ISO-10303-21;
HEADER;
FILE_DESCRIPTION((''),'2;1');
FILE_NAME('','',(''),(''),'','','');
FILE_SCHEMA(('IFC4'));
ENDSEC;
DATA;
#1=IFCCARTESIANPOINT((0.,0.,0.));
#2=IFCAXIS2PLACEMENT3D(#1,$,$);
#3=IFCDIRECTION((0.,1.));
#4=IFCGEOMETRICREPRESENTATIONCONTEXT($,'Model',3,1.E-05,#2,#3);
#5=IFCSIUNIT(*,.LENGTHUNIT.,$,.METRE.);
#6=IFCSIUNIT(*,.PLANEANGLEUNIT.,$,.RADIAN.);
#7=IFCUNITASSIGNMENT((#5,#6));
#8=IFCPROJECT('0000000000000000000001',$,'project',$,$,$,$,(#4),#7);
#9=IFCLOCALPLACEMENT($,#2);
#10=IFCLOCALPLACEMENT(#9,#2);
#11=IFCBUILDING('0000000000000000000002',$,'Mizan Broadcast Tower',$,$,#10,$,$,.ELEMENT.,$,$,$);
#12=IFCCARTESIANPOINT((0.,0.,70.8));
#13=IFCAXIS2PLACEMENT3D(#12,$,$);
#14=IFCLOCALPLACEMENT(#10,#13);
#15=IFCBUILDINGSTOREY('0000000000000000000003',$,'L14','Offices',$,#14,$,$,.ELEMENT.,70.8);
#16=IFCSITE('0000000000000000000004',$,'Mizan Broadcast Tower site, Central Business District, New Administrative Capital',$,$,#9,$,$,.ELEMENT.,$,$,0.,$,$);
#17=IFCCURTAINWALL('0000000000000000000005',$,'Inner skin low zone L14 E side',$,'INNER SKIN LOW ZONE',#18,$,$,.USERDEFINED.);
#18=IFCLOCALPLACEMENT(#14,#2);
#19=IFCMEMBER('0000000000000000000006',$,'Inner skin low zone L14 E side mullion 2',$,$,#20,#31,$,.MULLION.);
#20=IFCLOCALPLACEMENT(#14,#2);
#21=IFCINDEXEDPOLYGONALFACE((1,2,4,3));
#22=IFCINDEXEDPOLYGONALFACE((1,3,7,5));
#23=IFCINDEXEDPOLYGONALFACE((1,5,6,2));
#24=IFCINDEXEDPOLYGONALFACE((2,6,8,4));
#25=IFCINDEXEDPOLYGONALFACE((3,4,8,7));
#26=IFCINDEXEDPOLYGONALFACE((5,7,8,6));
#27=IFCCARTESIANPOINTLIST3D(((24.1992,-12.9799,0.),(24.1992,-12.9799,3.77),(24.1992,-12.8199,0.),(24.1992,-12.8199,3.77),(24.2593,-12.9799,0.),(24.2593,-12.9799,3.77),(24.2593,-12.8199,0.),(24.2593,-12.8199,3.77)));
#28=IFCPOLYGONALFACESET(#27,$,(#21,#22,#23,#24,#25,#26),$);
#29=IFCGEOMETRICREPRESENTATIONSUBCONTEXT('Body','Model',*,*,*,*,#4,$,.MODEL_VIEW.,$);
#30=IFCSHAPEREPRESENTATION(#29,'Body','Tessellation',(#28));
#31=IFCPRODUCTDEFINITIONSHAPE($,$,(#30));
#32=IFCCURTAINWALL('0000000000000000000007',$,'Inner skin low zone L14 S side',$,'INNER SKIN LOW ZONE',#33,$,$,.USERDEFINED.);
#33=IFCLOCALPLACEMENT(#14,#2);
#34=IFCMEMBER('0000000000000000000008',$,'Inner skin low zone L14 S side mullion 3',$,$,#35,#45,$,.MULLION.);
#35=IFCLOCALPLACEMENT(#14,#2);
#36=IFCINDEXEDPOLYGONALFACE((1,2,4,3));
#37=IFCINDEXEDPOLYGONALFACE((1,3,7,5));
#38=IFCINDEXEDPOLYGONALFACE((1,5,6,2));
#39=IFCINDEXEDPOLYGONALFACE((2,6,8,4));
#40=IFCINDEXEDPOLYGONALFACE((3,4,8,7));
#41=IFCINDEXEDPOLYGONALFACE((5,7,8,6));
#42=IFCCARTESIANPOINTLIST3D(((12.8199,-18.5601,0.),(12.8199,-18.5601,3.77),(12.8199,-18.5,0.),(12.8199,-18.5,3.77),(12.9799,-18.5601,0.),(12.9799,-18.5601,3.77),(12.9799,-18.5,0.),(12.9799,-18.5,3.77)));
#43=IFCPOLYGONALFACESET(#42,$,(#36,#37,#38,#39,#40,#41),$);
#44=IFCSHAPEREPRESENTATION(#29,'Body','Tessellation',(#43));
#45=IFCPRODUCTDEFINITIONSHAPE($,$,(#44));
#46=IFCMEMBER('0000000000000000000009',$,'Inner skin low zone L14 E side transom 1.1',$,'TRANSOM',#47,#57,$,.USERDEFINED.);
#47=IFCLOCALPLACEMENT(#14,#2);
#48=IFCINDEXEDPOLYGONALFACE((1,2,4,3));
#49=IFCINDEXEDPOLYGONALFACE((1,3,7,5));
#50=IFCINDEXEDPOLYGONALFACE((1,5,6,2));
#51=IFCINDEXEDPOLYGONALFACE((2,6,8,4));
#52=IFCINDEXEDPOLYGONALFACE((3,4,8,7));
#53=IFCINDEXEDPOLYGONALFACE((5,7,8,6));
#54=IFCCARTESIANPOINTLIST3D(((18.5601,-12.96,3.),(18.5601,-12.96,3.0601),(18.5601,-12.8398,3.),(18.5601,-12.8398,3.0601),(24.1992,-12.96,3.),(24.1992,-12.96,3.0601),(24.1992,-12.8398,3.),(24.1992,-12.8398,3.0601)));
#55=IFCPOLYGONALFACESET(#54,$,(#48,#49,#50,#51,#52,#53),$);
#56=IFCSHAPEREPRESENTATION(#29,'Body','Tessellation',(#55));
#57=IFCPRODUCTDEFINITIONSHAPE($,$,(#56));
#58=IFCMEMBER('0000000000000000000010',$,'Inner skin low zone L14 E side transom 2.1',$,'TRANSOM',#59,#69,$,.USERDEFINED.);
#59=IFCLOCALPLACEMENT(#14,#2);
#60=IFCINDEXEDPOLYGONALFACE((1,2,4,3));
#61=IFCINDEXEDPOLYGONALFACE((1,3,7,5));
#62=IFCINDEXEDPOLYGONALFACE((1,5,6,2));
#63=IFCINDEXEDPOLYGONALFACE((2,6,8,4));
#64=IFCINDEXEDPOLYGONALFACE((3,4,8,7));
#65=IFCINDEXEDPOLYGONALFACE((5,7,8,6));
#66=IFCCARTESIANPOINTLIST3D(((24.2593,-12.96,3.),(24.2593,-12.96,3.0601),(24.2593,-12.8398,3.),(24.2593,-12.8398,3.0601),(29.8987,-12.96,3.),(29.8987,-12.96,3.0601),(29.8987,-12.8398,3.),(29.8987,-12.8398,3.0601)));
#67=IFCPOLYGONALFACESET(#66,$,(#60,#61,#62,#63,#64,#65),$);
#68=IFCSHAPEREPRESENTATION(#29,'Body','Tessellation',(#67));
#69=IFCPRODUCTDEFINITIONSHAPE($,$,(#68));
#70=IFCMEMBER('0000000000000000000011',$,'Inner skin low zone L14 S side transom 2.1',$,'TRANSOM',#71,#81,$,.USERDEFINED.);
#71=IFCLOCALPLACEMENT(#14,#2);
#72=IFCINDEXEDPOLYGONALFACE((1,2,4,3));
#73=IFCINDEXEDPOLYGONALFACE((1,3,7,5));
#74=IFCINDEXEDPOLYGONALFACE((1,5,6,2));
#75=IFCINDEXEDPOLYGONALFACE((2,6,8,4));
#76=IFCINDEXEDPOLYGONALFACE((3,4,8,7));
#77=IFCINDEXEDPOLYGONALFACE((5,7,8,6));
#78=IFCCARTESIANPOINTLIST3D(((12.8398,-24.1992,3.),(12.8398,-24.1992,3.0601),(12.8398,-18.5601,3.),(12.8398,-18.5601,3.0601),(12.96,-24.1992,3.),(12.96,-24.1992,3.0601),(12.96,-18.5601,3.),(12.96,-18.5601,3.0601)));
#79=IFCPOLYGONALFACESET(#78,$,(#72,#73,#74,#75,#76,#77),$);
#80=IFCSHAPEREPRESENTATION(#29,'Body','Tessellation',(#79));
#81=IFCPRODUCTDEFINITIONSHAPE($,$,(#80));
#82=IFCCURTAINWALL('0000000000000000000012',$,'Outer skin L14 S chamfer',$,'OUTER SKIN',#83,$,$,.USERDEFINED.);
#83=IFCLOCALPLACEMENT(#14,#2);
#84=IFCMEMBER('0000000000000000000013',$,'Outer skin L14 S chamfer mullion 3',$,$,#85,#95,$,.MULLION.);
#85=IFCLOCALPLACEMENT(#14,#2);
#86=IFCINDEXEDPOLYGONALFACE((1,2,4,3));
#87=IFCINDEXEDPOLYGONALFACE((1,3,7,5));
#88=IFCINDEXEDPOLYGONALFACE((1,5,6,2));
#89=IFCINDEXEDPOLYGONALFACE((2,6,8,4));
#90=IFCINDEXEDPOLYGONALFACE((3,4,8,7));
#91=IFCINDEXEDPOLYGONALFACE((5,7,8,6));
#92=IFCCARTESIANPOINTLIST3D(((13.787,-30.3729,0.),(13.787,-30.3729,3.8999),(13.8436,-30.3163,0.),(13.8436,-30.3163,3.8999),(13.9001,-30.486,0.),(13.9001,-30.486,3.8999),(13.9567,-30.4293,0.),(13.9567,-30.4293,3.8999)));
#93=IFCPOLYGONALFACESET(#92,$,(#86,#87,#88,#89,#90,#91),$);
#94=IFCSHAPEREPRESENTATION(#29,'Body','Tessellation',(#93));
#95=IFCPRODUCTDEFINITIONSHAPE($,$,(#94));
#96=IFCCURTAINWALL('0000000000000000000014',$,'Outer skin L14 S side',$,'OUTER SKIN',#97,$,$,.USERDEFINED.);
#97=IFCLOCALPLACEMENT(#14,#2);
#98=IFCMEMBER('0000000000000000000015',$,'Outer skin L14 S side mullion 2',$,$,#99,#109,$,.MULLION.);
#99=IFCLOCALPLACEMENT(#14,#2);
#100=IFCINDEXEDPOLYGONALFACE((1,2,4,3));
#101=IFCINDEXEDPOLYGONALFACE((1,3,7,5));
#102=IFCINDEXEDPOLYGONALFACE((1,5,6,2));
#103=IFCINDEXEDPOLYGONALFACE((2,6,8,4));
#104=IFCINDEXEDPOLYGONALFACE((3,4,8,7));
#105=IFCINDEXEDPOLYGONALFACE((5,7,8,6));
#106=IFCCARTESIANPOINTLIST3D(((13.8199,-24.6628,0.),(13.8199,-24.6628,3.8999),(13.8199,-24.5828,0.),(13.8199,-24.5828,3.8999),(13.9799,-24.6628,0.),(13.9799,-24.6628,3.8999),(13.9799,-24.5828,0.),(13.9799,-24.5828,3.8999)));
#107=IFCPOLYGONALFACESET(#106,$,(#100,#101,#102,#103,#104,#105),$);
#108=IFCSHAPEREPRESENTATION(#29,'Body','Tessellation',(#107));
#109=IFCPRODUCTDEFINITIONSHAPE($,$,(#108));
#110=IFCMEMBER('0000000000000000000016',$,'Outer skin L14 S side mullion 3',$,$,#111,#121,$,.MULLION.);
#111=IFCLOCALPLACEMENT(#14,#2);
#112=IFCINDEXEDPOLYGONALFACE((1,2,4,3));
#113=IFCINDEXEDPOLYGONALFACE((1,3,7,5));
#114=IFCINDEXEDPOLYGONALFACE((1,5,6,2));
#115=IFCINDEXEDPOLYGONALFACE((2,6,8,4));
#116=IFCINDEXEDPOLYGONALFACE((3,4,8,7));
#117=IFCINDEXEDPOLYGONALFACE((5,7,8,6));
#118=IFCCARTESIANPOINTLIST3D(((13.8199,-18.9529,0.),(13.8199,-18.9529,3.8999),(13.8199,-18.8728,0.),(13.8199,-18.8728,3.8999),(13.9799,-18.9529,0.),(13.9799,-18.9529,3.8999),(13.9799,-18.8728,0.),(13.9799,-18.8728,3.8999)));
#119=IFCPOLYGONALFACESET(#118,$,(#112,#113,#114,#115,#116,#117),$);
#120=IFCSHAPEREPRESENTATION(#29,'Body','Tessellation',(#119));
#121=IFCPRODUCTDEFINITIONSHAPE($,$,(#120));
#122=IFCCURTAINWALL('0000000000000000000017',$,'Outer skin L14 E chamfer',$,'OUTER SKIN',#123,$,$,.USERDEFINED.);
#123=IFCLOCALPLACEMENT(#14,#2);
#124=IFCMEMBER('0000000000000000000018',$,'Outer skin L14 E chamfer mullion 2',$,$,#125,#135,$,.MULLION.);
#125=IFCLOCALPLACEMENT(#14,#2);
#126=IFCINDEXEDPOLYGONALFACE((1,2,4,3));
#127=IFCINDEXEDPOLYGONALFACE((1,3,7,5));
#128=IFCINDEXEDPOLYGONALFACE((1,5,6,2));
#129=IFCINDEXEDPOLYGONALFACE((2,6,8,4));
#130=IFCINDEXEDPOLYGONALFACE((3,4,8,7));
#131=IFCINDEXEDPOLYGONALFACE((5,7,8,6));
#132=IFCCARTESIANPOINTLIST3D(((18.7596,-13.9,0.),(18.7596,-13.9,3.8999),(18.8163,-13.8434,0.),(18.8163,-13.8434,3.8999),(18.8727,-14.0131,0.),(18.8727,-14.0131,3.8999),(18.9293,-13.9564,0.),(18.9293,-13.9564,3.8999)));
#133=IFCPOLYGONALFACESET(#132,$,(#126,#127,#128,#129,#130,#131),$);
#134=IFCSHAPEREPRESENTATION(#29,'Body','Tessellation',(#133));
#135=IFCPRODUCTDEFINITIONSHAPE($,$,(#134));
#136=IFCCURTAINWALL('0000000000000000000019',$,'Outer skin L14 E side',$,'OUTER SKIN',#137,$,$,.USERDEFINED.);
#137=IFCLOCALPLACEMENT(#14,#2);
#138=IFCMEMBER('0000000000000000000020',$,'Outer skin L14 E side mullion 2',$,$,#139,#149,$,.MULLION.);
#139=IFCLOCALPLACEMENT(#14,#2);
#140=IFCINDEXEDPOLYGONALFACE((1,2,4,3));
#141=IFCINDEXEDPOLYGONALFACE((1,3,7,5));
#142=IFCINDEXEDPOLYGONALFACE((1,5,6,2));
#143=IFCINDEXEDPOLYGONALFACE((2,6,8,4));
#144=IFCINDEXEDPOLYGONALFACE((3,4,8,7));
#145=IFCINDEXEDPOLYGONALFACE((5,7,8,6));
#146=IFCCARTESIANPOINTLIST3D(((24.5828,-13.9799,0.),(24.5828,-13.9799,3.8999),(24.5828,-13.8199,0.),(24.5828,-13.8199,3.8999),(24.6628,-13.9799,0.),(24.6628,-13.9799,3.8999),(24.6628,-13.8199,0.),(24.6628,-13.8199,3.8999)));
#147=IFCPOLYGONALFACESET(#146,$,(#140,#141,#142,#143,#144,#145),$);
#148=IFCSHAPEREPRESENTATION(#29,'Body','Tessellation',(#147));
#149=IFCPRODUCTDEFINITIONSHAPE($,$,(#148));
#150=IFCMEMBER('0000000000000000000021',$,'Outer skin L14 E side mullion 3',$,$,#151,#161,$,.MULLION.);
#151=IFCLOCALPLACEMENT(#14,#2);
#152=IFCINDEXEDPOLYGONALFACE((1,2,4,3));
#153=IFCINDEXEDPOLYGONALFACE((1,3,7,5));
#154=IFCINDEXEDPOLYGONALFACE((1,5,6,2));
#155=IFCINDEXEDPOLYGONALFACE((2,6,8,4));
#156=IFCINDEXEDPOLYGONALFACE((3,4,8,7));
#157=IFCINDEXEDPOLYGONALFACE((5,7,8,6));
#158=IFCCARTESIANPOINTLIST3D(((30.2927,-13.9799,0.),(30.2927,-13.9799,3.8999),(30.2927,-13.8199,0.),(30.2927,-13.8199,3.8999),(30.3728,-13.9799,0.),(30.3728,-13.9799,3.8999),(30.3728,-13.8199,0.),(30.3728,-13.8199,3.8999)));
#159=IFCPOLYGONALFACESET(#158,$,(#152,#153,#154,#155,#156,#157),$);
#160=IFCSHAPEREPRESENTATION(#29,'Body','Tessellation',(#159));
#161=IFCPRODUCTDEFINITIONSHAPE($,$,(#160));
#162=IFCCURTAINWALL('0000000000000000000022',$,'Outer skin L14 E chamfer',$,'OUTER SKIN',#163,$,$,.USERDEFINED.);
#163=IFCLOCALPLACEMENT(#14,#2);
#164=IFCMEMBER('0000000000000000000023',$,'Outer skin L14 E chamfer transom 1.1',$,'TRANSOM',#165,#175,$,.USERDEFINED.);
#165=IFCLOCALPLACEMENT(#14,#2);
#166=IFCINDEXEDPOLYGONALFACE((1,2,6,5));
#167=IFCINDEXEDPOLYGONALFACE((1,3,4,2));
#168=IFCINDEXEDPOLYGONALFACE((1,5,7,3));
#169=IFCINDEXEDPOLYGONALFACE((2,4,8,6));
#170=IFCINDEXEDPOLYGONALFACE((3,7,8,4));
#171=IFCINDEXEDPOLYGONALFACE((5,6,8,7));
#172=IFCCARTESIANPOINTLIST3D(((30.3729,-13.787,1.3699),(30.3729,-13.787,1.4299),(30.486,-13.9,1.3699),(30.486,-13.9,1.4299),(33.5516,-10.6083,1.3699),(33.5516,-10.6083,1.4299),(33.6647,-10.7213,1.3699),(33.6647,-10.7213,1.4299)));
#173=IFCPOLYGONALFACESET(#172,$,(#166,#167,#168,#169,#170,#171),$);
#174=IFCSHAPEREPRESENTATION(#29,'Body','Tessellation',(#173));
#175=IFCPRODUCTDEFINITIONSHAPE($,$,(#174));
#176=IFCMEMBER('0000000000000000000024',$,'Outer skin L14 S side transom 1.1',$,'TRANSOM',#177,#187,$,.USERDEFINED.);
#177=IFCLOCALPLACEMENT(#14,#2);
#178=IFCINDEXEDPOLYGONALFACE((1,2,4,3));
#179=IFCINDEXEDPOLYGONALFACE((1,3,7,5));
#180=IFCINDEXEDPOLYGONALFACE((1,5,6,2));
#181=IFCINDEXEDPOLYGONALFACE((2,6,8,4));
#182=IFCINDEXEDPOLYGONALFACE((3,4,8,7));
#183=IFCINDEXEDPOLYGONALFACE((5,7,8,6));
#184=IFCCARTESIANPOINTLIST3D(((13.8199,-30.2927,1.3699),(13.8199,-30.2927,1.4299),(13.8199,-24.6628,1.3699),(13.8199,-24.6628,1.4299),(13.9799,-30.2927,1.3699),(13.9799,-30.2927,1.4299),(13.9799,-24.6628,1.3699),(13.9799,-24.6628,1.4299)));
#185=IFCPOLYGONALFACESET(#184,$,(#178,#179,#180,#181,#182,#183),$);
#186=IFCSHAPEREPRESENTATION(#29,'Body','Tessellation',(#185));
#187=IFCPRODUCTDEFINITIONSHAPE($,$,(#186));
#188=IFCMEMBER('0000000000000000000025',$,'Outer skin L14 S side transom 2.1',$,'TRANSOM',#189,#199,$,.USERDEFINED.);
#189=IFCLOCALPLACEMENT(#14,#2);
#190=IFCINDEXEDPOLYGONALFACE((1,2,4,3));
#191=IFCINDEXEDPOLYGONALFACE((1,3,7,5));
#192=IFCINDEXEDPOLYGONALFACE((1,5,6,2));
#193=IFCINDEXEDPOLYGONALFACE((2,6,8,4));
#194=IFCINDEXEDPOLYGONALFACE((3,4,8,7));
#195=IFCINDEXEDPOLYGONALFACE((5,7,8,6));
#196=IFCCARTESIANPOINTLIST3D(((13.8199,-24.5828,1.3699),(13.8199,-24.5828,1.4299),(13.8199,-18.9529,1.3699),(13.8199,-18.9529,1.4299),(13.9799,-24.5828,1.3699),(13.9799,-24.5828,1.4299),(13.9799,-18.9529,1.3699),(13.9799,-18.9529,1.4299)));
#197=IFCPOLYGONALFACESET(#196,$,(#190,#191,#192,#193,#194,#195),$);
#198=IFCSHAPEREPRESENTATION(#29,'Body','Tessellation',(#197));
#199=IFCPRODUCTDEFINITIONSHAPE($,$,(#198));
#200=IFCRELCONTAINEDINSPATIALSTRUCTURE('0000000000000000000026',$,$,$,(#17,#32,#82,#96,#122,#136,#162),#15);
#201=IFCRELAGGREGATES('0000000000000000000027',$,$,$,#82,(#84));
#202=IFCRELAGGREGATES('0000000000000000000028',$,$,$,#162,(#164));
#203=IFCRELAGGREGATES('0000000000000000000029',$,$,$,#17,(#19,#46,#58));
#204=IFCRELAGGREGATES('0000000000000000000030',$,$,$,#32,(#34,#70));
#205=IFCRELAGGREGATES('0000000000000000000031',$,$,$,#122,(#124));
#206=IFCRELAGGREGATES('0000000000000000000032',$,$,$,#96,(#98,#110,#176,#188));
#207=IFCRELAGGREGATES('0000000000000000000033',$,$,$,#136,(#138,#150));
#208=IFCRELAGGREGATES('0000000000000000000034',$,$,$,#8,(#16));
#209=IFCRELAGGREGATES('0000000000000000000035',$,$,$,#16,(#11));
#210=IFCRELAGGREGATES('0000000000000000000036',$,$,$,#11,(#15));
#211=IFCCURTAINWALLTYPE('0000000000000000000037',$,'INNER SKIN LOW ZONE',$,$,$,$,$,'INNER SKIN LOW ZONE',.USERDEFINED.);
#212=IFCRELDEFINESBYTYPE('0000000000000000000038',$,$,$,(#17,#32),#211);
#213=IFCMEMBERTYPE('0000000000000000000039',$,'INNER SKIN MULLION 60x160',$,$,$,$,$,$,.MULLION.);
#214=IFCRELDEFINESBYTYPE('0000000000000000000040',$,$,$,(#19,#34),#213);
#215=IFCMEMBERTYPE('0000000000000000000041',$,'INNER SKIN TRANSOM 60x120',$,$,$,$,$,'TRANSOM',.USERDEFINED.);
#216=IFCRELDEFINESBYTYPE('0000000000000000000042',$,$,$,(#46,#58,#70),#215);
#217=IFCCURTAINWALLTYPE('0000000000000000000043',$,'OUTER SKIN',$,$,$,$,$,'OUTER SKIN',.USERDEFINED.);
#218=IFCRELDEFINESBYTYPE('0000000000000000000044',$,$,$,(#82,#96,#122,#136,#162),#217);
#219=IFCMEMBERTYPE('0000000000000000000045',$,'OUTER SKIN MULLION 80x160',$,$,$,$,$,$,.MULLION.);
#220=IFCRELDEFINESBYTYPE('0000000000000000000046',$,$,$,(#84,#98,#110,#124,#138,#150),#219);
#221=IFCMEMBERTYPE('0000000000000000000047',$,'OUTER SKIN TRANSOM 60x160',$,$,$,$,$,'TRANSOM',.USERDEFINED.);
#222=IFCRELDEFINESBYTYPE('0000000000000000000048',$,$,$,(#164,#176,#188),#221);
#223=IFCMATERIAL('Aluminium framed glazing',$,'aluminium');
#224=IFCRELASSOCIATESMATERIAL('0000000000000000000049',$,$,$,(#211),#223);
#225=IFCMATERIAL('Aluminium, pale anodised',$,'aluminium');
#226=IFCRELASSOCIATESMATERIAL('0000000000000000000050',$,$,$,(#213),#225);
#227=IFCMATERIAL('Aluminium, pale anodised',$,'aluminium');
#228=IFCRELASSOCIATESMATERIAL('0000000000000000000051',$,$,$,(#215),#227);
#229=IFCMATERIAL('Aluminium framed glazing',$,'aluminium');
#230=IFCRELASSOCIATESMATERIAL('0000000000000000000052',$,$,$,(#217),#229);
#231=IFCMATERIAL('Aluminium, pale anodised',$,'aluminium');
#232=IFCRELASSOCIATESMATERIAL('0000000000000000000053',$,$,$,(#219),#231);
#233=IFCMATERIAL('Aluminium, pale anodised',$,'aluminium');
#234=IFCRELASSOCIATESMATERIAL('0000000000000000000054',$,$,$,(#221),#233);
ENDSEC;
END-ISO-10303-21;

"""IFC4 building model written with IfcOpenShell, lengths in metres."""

from ifc_helpers import new_model, si_unit, direction, frame, origin, origin_2d, place, context, subcontext, project, spatial, rectangle, extrude, material, material_profile, profile_set, type_object, element, aggregate, save


model = new_model("IFC4")

# Units and contexts
model_context = context("Model", 3, precision=1e-05, world=origin(), true_north=direction((0.0, 1.0)))
body_context = subcontext(model_context, "Body", "Model", "MODEL_VIEW")
ifc_project = project(units=[si_unit("LENGTHUNIT", "METRE"), si_unit("PLANEANGLEUNIT", "RADIAN")], contexts=[model_context])

# Site, building, storey
site_placement = place(None, origin())
site = spatial("IfcSite", under=ifc_project, at=site_placement, Name="Mizan Broadcast Tower site, Central Business District, New Administrative Capital", CompositionType="ELEMENT", RefElevation=0.0)
building_placement = place(site_placement, origin())
building = spatial("IfcBuilding", under=site, at=building_placement, Name="Mizan Broadcast Tower", CompositionType="ELEMENT")
storey_placement = place(building_placement, frame((0.0, 0.0, 70.8)))
storey = spatial("IfcBuildingStorey", under=building, at=storey_placement, Name="L14", Description="Offices", CompositionType="ELEMENT", Elevation=70.8)

# Curtain walls, members
ifc_material_1 = material(Name="Aluminium framed glazing", Category="aluminium")
curtain_wall_type_1 = type_object("IfcCurtainWallType", Name="INNER SKIN LOW ZONE", ElementType="INNER SKIN LOW ZONE", PredefinedType="USERDEFINED", material=ifc_material_1)
curtain_wall_1_placement = place(storey_placement, origin())
curtain_wall_1 = element("IfcCurtainWall", 1, at=curtain_wall_1_placement, inside=storey, type_object=curtain_wall_type_1, Name="Inner skin low zone L14 E side", ObjectType="INNER SKIN LOW ZONE", PredefinedType="USERDEFINED")
ifc_material_2 = material(Name="Aluminium, pale anodised", Category="aluminium")
ifc_material_profile_1 = material_profile(ifc_material_2, rectangle(XDim=0.1599, YDim=0.0601, at=origin_2d()), Name="MULLION 160x60")
ifc_profile_set_1 = profile_set([ifc_material_profile_1], Name="Aluminium, pale anodised")
member_type_1 = type_object("IfcMemberType", Name="INNER SKIN MULLION 60x160", PredefinedType="MULLION", material=ifc_profile_set_1)
member_1_placement = place(storey_placement, frame((24.2292, -12.8999, 0.0), z_axis=(0.0, 0.0, 1.0), x_axis=(0.0, 1.0, 0.0)))
member_1 = element("IfcMember", 2, at=member_1_placement, type_object=member_type_1, Name="Inner skin low zone L14 E side mullion 2", PredefinedType="MULLION", context=body_context, shape_type="SweptSolid", body=[
    extrude(rectangle(XDim=0.1599, YDim=0.0601, at=origin_2d()), origin(), (0.0, 0.0, 1.0), 3.77),
])
curtain_wall_2_placement = place(storey_placement, origin())
curtain_wall_2 = element("IfcCurtainWall", 3, at=curtain_wall_2_placement, inside=storey, type_object=curtain_wall_type_1, Name="Inner skin low zone L14 S side", ObjectType="INNER SKIN LOW ZONE", PredefinedType="USERDEFINED")
member_2_placement = place(storey_placement, frame((12.8999, -18.53, 0.0), z_axis=(0.0, 0.0, 1.0), x_axis=(-1.0, 0.0, 0.0)))
member_2 = element("IfcMember", 4, at=member_2_placement, type_object=member_type_1, Name="Inner skin low zone L14 S side mullion 3", PredefinedType="MULLION", context=body_context, shape_type="SweptSolid", body=[
    extrude(rectangle(XDim=0.1599, YDim=0.0601, at=origin_2d()), origin(), (0.0, 0.0, 1.0), 3.77),
])

# Members
ifc_material_3 = material(Name="Aluminium, pale anodised", Category="aluminium")
ifc_material_profile_2 = material_profile(ifc_material_3, rectangle(XDim=0.1201, YDim=0.0601, at=origin_2d()), Name="TRANSOM 120x60")
ifc_profile_set_2 = profile_set([ifc_material_profile_2], Name="Aluminium, pale anodised")
member_type_2 = type_object("IfcMemberType", Name="INNER SKIN TRANSOM 60x120", ElementType="TRANSOM", PredefinedType="USERDEFINED", material=ifc_profile_set_2)
member_3_placement = place(storey_placement, frame((18.5601, -12.8999, 3.03), z_axis=(1.0, 0.0, 0.0), x_axis=(0.0, 1.0, 0.0)))
member_3 = element("IfcMember", 5, at=member_3_placement, type_object=member_type_2, Name="Inner skin low zone L14 E side transom 1.1", ObjectType="TRANSOM", PredefinedType="USERDEFINED", context=body_context, shape_type="SweptSolid", body=[
    extrude(rectangle(XDim=0.1201, YDim=0.0601, at=origin_2d()), origin(), (0.0, 0.0, 1.0), 5.6392),
])
member_4_placement = place(storey_placement, frame((24.2593, -12.8999, 3.03), z_axis=(1.0, 0.0, 0.0), x_axis=(0.0, 1.0, 0.0)))
member_4 = element("IfcMember", 6, at=member_4_placement, type_object=member_type_2, Name="Inner skin low zone L14 E side transom 2.1", ObjectType="TRANSOM", PredefinedType="USERDEFINED", context=body_context, shape_type="SweptSolid", body=[
    extrude(rectangle(XDim=0.1201, YDim=0.0601, at=origin_2d()), origin(), (0.0, 0.0, 1.0), 5.6394),
])
member_5_placement = place(storey_placement, frame((12.8999, -24.1992, 3.03), z_axis=(0.0, 1.0, 0.0), x_axis=(-1.0, 0.0, 0.0)))
member_5 = element("IfcMember", 7, at=member_5_placement, type_object=member_type_2, Name="Inner skin low zone L14 S side transom 2.1", ObjectType="TRANSOM", PredefinedType="USERDEFINED", context=body_context, shape_type="SweptSolid", body=[
    extrude(rectangle(XDim=0.1201, YDim=0.0601, at=origin_2d()), origin(), (0.0, 0.0, 1.0), 5.6392),
])

# Curtain wall, member
ifc_material_4 = material(Name="Aluminium framed glazing", Category="aluminium")
curtain_wall_type_2 = type_object("IfcCurtainWallType", Name="OUTER SKIN", ElementType="OUTER SKIN", PredefinedType="USERDEFINED", material=ifc_material_4)
curtain_wall_3_placement = place(storey_placement, origin())
curtain_wall_3 = element("IfcCurtainWall", 8, at=curtain_wall_3_placement, inside=storey, type_object=curtain_wall_type_2, Name="Outer skin L14 S chamfer", ObjectType="OUTER SKIN", PredefinedType="USERDEFINED")
ifc_material_5 = material(Name="Aluminium, pale anodised", Category="aluminium")
ifc_material_profile_3 = material_profile(ifc_material_5, rectangle(XDim=0.1599, YDim=0.0801, at=origin_2d()), Name="MULLION 160x80")
ifc_profile_set_3 = profile_set([ifc_material_profile_3], Name="Aluminium, pale anodised")
member_type_3 = type_object("IfcMemberType", Name="OUTER SKIN MULLION 80x160", PredefinedType="MULLION", material=ifc_profile_set_3)
member_6_placement = place(storey_placement, frame((13.8718, -30.4011, 0.0), z_axis=(0.0, 0.0, 1.0), x_axis=(-0.707107, 0.707107, 0.0)))
member_6 = element("IfcMember", 9, at=member_6_placement, type_object=member_type_3, Name="Outer skin L14 S chamfer mullion 3", PredefinedType="MULLION", context=body_context, shape_type="SweptSolid", body=[
    extrude(rectangle(XDim=0.1599, YDim=0.0801, at=origin_2d()), origin(), (0.0, 0.0, 1.0), 3.8999),
])
aggregate(curtain_wall_3, [member_6])

# Curtain wall, members
curtain_wall_4_placement = place(storey_placement, origin())
curtain_wall_4 = element("IfcCurtainWall", 10, at=curtain_wall_4_placement, inside=storey, type_object=curtain_wall_type_2, Name="Outer skin L14 S side", ObjectType="OUTER SKIN", PredefinedType="USERDEFINED")
member_7_placement = place(storey_placement, frame((13.8999, -24.6228, 0.0), z_axis=(0.0, 0.0, 1.0), x_axis=(-1.0, 0.0, 0.0)))
member_7 = element("IfcMember", 11, at=member_7_placement, type_object=member_type_3, Name="Outer skin L14 S side mullion 2", PredefinedType="MULLION", context=body_context, shape_type="SweptSolid", body=[
    extrude(rectangle(XDim=0.1599, YDim=0.0801, at=origin_2d()), origin(), (0.0, 0.0, 1.0), 3.8999),
])
member_8_placement = place(storey_placement, frame((13.8999, -18.9128, 0.0), z_axis=(0.0, 0.0, 1.0), x_axis=(-1.0, 0.0, 0.0)))
member_8 = element("IfcMember", 12, at=member_8_placement, type_object=member_type_3, Name="Outer skin L14 S side mullion 3", PredefinedType="MULLION", context=body_context, shape_type="SweptSolid", body=[
    extrude(rectangle(XDim=0.1599, YDim=0.0801, at=origin_2d()), origin(), (0.0, 0.0, 1.0), 3.8999),
])

# Curtain wall, member
curtain_wall_5_placement = place(storey_placement, origin())
curtain_wall_5 = element("IfcCurtainWall", 13, at=curtain_wall_5_placement, inside=storey, type_object=curtain_wall_type_2, Name="Outer skin L14 E chamfer", ObjectType="OUTER SKIN", PredefinedType="USERDEFINED")
member_9_placement = place(storey_placement, frame((18.8445, -13.9282, 0.0), z_axis=(0.0, 0.0, 1.0), x_axis=(-0.707107, 0.707107, 0.0)))
member_9 = element("IfcMember", 14, at=member_9_placement, type_object=member_type_3, Name="Outer skin L14 E chamfer mullion 2", PredefinedType="MULLION", context=body_context, shape_type="SweptSolid", body=[
    extrude(rectangle(XDim=0.1599, YDim=0.0801, at=origin_2d()), origin(), (0.0, 0.0, 1.0), 3.8999),
])

# Curtain wall, members
curtain_wall_6_placement = place(storey_placement, origin())
curtain_wall_6 = element("IfcCurtainWall", 15, at=curtain_wall_6_placement, inside=storey, type_object=curtain_wall_type_2, Name="Outer skin L14 E side", ObjectType="OUTER SKIN", PredefinedType="USERDEFINED")
member_10_placement = place(storey_placement, frame((24.6228, -13.8999, 0.0), z_axis=(0.0, 0.0, 1.0), x_axis=(0.0, 1.0, 0.0)))
member_10 = element("IfcMember", 16, at=member_10_placement, type_object=member_type_3, Name="Outer skin L14 E side mullion 2", PredefinedType="MULLION", context=body_context, shape_type="SweptSolid", body=[
    extrude(rectangle(XDim=0.1599, YDim=0.0801, at=origin_2d()), origin(), (0.0, 0.0, 1.0), 3.8999),
])
member_11_placement = place(storey_placement, frame((30.3328, -13.8999, 0.0), z_axis=(0.0, 0.0, 1.0), x_axis=(0.0, 1.0, 0.0)))
member_11 = element("IfcMember", 17, at=member_11_placement, type_object=member_type_3, Name="Outer skin L14 E side mullion 3", PredefinedType="MULLION", context=body_context, shape_type="SweptSolid", body=[
    extrude(rectangle(XDim=0.1599, YDim=0.0801, at=origin_2d()), origin(), (0.0, 0.0, 1.0), 3.8999),
])

# Curtain wall, member
curtain_wall_7_placement = place(storey_placement, origin())
curtain_wall_7 = element("IfcCurtainWall", 18, at=curtain_wall_7_placement, inside=storey, type_object=curtain_wall_type_2, Name="Outer skin L14 E chamfer", ObjectType="OUTER SKIN", PredefinedType="USERDEFINED")
ifc_material_6 = material(Name="Aluminium, pale anodised", Category="aluminium")
ifc_material_profile_4 = material_profile(ifc_material_6, rectangle(XDim=0.1599, YDim=0.0601, at=origin_2d()), Name="TRANSOM 160x60")
ifc_profile_set_4 = profile_set([ifc_material_profile_4], Name="Aluminium, pale anodised")
member_type_4 = type_object("IfcMemberType", Name="OUTER SKIN TRANSOM 60x160", ElementType="TRANSOM", PredefinedType="USERDEFINED", material=ifc_profile_set_4)
member_12_placement = place(storey_placement, frame((30.4294, -13.8435, 1.3999), z_axis=(0.707107, 0.707107, 0.0), x_axis=(-0.707107, 0.707107, 0.0)))
member_12 = element("IfcMember", 19, at=member_12_placement, type_object=member_type_4, Name="Outer skin L14 E chamfer transom 1.1", ObjectType="TRANSOM", PredefinedType="USERDEFINED", context=body_context, shape_type="SweptSolid", body=[
    extrude(rectangle(XDim=0.1599, YDim=0.0601, at=origin_2d()), origin(), (0.0, 0.0, 1.0), 4.4954),
])
aggregate(curtain_wall_7, [member_12])

# Members
member_13_placement = place(storey_placement, frame((13.8999, -30.2927, 1.3999), z_axis=(0.0, 1.0, 0.0), x_axis=(-1.0, 0.0, 0.0)))
member_13 = element("IfcMember", 20, at=member_13_placement, type_object=member_type_4, Name="Outer skin L14 S side transom 1.1", ObjectType="TRANSOM", PredefinedType="USERDEFINED", context=body_context, shape_type="SweptSolid", body=[
    extrude(rectangle(XDim=0.1599, YDim=0.0601, at=origin_2d()), origin(), (0.0, 0.0, 1.0), 5.6299),
])
member_14_placement = place(storey_placement, frame((13.8999, -24.5828, 1.3999), z_axis=(0.0, 1.0, 0.0), x_axis=(-1.0, 0.0, 0.0)))
member_14 = element("IfcMember", 21, at=member_14_placement, type_object=member_type_4, Name="Outer skin L14 S side transom 2.1", ObjectType="TRANSOM", PredefinedType="USERDEFINED", context=body_context, shape_type="SweptSolid", body=[
    extrude(rectangle(XDim=0.1599, YDim=0.0601, at=origin_2d()), origin(), (0.0, 0.0, 1.0), 5.6299),
])

aggregate(curtain_wall_1, [member_1, member_3, member_4])
aggregate(curtain_wall_2, [member_2, member_5])
aggregate(curtain_wall_5, [member_9])
aggregate(curtain_wall_4, [member_7, member_8, member_13, member_14])
aggregate(curtain_wall_6, [member_10, member_11])

save(model, "model.ifc")
